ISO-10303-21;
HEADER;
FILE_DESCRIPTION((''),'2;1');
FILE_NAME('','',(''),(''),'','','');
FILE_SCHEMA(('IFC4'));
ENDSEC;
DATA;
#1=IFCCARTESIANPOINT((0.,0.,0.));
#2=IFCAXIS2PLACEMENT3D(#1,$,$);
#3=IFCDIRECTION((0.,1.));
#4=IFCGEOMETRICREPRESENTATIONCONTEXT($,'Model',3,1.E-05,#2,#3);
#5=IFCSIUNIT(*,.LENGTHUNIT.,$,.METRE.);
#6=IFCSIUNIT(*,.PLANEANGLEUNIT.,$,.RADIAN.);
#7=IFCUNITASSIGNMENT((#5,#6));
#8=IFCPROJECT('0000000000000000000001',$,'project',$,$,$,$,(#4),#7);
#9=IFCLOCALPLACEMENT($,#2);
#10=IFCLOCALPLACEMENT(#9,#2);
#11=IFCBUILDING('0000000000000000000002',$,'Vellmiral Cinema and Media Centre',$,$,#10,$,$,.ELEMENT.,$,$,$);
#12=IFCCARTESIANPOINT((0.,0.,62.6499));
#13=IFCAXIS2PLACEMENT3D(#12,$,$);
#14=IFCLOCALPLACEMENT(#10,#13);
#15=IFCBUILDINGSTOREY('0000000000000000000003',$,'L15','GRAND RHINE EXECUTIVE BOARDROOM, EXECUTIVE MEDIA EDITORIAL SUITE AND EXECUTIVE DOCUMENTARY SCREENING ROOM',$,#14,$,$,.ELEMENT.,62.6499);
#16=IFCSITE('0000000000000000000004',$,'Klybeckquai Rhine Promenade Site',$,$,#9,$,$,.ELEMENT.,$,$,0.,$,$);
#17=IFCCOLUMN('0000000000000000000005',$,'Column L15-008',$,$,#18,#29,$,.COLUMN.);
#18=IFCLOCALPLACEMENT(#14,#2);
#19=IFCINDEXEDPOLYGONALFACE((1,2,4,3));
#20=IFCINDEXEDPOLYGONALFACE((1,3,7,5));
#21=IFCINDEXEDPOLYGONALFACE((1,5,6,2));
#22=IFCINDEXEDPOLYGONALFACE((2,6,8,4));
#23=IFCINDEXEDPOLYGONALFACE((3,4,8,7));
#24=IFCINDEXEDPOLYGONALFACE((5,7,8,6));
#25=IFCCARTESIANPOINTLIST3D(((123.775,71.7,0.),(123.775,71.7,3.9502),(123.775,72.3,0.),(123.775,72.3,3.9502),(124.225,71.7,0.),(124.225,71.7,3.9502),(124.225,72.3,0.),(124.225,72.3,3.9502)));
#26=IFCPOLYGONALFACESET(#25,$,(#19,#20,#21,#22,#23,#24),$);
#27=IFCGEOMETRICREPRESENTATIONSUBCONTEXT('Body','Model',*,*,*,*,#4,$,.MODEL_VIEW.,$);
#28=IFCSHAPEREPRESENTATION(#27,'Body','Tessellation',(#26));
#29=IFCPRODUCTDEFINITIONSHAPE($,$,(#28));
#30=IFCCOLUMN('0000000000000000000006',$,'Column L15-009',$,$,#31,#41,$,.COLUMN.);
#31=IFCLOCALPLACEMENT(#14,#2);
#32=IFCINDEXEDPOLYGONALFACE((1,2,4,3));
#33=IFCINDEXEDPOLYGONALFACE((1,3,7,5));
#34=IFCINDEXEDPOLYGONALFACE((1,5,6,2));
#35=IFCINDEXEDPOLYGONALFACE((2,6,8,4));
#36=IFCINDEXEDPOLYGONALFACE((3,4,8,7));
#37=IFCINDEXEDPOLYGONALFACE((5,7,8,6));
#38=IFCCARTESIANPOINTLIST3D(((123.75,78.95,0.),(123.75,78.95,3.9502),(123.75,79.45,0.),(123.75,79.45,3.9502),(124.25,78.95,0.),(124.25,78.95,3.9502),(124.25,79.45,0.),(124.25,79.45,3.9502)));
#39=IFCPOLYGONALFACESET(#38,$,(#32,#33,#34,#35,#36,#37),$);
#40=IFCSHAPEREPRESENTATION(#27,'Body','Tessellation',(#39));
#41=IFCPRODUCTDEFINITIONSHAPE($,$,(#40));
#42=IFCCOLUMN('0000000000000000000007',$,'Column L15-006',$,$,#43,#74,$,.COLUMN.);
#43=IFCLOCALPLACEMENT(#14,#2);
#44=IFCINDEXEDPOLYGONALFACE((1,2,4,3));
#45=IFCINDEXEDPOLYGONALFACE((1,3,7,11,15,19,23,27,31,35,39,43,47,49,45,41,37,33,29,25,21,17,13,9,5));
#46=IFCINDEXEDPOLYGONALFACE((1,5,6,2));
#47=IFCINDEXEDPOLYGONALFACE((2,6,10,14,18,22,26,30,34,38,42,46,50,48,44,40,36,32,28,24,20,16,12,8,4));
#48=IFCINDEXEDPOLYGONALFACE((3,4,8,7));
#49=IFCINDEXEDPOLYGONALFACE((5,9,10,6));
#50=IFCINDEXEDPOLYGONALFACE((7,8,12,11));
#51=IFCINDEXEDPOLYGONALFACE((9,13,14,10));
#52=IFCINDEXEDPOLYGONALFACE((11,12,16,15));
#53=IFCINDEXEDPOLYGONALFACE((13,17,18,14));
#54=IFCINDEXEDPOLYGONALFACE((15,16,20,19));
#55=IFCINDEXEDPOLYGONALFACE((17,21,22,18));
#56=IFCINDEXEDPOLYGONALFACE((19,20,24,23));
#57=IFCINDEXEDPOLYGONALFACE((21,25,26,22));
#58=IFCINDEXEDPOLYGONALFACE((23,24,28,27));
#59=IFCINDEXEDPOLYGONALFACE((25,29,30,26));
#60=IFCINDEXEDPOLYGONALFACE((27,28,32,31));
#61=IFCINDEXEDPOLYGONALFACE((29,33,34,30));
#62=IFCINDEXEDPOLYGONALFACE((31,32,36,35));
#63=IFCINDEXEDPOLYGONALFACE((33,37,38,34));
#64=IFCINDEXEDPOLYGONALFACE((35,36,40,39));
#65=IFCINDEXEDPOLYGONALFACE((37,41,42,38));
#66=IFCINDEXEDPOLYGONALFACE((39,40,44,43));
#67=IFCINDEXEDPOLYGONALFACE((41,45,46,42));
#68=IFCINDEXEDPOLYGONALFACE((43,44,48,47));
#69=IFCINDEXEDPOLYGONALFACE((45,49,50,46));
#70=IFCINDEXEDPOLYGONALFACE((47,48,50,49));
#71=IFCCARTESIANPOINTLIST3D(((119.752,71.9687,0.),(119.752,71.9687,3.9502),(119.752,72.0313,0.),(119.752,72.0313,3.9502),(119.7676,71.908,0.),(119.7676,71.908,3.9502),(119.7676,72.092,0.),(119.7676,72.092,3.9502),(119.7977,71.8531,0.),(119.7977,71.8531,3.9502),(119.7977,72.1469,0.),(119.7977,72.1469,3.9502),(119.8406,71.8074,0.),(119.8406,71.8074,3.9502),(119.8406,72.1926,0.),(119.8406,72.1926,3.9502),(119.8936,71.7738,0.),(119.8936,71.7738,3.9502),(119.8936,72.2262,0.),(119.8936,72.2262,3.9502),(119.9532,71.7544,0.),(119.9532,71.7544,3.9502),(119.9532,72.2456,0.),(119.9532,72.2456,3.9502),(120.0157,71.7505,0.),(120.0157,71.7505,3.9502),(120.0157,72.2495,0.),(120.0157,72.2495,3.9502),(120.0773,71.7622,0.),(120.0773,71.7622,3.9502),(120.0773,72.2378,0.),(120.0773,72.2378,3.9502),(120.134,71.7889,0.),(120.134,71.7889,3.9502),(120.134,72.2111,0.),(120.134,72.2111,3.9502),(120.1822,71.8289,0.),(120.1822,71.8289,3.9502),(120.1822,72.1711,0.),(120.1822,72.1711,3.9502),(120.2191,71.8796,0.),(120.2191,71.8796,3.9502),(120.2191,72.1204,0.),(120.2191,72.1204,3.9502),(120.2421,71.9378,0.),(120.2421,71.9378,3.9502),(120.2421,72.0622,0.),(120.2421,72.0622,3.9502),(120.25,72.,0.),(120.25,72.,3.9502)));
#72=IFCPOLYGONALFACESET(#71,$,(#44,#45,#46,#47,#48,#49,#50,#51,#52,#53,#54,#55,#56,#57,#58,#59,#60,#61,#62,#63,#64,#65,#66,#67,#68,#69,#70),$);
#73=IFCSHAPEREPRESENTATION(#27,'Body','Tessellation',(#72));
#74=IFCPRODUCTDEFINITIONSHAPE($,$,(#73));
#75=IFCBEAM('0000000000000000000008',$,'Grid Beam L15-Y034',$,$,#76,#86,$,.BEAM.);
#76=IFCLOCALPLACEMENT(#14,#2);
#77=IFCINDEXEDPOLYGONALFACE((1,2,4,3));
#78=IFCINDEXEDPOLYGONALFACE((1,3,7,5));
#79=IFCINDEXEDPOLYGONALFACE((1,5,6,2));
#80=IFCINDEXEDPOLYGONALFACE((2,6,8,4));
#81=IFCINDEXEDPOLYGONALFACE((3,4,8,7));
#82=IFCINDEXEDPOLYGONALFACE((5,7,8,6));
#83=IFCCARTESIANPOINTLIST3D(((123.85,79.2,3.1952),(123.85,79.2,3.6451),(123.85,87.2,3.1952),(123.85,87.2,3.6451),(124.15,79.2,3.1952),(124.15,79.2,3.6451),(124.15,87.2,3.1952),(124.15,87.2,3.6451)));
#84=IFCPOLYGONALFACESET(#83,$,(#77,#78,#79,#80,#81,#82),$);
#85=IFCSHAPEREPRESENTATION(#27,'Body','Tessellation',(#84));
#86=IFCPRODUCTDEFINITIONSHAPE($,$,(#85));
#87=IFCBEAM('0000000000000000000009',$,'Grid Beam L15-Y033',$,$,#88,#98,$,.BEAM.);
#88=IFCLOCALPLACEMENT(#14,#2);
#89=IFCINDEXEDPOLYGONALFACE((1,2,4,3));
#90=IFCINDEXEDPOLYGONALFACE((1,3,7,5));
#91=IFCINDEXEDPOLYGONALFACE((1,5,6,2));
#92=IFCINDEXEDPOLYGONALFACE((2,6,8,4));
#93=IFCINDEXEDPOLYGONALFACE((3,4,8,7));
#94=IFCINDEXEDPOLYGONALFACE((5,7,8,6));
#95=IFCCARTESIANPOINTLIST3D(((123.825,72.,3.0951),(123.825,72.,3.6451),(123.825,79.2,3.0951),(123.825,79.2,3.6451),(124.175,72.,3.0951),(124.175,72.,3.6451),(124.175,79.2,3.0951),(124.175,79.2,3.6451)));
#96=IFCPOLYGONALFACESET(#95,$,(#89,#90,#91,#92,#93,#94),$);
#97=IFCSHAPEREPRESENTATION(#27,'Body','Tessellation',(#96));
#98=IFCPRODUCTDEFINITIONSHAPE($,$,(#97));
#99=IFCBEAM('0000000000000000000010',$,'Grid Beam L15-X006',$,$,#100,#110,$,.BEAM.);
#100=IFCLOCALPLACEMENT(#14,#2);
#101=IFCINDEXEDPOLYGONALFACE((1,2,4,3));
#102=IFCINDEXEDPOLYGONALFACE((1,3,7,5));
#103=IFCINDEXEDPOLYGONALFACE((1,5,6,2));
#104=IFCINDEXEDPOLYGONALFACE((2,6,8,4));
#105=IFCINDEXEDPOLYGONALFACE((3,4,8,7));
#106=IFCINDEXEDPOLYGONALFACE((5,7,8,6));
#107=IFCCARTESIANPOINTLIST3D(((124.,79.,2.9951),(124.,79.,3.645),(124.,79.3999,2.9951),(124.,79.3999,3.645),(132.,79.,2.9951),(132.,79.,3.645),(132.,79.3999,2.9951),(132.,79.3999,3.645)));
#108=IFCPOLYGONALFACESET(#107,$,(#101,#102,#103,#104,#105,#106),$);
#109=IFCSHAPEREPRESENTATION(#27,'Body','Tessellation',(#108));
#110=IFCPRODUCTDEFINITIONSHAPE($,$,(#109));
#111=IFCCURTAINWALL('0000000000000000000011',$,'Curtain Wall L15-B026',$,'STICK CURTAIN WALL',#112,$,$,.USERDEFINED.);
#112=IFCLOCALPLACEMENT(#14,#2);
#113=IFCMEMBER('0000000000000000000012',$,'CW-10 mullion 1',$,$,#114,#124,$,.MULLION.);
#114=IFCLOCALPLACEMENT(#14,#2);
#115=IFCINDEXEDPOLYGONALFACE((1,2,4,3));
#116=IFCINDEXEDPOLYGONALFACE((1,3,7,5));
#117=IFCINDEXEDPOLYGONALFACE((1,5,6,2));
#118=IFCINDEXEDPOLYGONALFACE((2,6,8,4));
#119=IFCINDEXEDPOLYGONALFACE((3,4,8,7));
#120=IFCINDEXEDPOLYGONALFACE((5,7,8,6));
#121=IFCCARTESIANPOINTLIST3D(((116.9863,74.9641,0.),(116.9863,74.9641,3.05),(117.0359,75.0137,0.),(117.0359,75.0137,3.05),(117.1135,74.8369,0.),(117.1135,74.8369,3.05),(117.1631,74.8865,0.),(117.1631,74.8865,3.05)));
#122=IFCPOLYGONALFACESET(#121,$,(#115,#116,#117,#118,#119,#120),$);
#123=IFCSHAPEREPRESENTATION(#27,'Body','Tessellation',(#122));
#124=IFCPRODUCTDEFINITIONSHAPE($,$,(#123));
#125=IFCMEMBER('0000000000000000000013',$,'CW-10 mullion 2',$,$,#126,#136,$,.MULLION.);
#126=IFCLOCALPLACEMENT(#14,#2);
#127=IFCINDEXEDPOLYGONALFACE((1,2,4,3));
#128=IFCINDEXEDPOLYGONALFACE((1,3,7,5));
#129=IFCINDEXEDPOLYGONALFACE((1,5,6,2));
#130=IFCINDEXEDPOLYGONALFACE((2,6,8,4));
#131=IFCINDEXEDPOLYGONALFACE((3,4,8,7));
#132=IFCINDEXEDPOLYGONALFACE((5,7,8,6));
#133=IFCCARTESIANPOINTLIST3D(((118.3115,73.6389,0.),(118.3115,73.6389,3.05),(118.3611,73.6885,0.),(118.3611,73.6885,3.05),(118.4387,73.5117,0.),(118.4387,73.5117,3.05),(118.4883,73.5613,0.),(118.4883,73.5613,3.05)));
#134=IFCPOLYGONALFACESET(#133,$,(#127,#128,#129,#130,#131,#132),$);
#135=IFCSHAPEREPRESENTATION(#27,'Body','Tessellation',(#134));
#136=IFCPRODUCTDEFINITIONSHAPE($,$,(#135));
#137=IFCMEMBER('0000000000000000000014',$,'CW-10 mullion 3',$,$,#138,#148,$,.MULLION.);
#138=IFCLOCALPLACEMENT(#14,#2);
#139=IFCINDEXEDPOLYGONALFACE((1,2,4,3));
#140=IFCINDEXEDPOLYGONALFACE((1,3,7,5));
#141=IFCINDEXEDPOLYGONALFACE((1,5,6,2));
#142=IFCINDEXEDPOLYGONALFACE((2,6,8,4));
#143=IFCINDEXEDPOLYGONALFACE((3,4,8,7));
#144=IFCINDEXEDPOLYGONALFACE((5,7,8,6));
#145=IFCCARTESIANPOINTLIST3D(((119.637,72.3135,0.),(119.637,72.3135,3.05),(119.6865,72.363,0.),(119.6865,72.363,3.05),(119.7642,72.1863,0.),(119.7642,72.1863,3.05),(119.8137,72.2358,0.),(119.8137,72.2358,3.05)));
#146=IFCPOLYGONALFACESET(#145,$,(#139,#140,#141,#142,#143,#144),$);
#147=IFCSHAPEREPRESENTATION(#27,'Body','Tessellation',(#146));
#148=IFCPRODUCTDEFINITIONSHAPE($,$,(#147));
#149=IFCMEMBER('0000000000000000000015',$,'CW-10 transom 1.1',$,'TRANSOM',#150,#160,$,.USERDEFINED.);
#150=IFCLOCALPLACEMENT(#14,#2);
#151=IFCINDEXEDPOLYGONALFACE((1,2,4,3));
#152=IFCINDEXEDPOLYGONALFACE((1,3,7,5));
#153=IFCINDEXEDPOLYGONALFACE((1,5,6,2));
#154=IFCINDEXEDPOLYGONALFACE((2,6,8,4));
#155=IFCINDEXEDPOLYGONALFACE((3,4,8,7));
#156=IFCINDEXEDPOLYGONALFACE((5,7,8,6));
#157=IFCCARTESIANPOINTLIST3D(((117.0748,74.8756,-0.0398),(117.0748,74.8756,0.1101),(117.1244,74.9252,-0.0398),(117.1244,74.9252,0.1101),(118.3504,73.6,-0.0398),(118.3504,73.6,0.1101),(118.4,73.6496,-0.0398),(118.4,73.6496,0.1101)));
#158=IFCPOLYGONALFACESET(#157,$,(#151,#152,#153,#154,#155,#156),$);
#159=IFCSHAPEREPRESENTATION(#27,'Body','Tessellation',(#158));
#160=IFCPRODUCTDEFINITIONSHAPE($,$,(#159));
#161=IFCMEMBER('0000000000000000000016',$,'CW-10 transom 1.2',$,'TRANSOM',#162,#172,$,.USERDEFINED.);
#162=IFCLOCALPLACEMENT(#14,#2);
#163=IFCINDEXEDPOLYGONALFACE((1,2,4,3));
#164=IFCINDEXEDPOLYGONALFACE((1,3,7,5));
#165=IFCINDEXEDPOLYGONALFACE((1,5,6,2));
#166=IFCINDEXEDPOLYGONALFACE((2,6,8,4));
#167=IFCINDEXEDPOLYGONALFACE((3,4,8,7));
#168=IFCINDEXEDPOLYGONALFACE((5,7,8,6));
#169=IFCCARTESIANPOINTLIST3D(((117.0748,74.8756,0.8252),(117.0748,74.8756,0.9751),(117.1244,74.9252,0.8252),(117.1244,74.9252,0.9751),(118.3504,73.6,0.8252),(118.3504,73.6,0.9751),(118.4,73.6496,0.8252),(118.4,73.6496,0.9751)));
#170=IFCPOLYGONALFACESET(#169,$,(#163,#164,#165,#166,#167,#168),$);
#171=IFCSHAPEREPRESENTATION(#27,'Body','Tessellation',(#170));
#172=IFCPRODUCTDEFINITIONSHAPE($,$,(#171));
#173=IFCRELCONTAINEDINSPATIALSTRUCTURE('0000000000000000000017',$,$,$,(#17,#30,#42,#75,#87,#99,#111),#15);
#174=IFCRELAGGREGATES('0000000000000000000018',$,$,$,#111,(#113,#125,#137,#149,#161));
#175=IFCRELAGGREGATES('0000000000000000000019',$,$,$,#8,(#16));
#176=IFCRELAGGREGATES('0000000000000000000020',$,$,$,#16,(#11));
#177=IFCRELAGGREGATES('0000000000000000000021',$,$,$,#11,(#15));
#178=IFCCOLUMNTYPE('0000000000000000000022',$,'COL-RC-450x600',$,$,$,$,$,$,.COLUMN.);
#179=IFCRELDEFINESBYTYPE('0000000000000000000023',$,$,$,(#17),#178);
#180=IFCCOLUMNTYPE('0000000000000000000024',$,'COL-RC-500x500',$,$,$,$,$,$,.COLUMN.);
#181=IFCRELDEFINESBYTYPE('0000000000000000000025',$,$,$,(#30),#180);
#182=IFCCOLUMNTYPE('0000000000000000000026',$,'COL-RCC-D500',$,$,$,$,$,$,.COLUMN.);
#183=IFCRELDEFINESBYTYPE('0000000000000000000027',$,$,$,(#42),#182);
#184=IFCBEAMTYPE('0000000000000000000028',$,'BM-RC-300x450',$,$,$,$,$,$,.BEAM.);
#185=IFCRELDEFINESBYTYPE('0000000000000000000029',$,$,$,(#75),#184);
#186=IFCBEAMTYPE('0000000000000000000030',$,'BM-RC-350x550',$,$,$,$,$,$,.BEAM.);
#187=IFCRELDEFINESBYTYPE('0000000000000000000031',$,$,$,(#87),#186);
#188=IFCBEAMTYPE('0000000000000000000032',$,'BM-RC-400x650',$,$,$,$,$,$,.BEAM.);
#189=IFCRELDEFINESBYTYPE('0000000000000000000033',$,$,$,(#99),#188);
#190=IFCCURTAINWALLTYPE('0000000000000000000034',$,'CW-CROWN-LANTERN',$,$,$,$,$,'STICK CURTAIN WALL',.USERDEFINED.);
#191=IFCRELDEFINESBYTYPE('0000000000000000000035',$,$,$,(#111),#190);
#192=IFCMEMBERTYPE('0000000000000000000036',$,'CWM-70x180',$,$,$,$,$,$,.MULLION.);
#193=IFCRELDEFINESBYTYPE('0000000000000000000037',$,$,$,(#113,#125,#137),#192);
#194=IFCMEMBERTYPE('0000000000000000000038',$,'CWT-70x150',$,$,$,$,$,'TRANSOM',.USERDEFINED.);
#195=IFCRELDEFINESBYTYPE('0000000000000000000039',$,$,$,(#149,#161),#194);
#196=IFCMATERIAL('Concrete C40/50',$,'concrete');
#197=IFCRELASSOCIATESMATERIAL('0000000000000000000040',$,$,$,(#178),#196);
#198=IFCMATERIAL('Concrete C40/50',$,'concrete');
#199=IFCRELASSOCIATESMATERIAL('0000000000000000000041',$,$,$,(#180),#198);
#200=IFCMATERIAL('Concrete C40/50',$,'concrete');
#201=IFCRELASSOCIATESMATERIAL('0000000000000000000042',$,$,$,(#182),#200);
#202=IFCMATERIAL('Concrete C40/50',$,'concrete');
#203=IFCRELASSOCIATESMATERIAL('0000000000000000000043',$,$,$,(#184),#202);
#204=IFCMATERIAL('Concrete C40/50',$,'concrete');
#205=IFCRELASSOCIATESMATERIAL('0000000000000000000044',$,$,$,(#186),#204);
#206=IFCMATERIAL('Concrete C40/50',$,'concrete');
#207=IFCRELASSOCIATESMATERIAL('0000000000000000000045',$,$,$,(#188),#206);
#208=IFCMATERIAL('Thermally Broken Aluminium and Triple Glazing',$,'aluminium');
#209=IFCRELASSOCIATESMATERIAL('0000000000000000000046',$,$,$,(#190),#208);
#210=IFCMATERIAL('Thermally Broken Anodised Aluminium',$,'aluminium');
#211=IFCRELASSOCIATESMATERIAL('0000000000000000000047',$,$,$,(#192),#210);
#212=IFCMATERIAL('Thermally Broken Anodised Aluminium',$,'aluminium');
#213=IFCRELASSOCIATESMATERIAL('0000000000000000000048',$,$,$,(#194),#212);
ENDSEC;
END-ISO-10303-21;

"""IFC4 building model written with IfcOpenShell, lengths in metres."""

from ifc_helpers import new_model, si_unit, direction, frame, origin, origin_2d, place, context, subcontext, project, spatial, rectangle, circle, extrude, material, material_profile, profile_set, type_object, element, aggregate, save


model = new_model("IFC4")

# Units and contexts
model_context = context("Model", 3, precision=1e-05, world=origin(), true_north=direction((0.0, 1.0)))
body_context = subcontext(model_context, "Body", "Model", "MODEL_VIEW")
ifc_project = project(units=[si_unit("LENGTHUNIT", "METRE"), si_unit("PLANEANGLEUNIT", "RADIAN")], contexts=[model_context])

# Site, building, storey
site_placement = place(None, origin())
site = spatial("IfcSite", under=ifc_project, at=site_placement, Name="Klybeckquai Rhine Promenade Site", CompositionType="ELEMENT", RefElevation=0.0)
building_placement = place(site_placement, origin())
building = spatial("IfcBuilding", under=site, at=building_placement, Name="Vellmiral Cinema and Media Centre", CompositionType="ELEMENT")
storey_placement = place(building_placement, frame((0.0, 0.0, 62.6499)))
storey = spatial("IfcBuildingStorey", under=building, at=storey_placement, Name="L15", Description="GRAND RHINE EXECUTIVE BOARDROOM, EXECUTIVE MEDIA EDITORIAL SUITE AND EXECUTIVE DOCUMENTARY SCREENING ROOM", CompositionType="ELEMENT", Elevation=62.6499)

# Columns
ifc_material_1 = material(Name="Concrete C40/50", Category="concrete")
ifc_material_profile_1 = material_profile(ifc_material_1, rectangle(XDim=0.45, YDim=0.6001, at=origin_2d()), Name="RC 450x600")
ifc_profile_set_1 = profile_set([ifc_material_profile_1], Name="Concrete C40/50")
column_type_1 = type_object("IfcColumnType", Name="COL-RC-450x600", PredefinedType="COLUMN", material=ifc_profile_set_1)
column_1_placement = place(storey_placement, frame((124.0, 72.0, 0.0), z_axis=(0.0, 0.0, 1.0), x_axis=(1.0, 0.0, 0.0)))
element("IfcColumn", 1, at=column_1_placement, inside=storey, type_object=column_type_1, Name="Column L15-008", PredefinedType="COLUMN", context=body_context, shape_type="SweptSolid", body=[
    extrude(rectangle(XDim=0.45, YDim=0.6001, at=origin_2d()), origin(), (0.0, 0.0, 1.0), 3.9502),
])
ifc_material_2 = material(Name="Concrete C40/50", Category="concrete")
ifc_material_profile_2 = material_profile(ifc_material_2, rectangle(XDim=0.5, YDim=0.5, at=origin_2d()), Name="RC 500x500")
ifc_profile_set_2 = profile_set([ifc_material_profile_2], Name="Concrete C40/50")
column_type_2 = type_object("IfcColumnType", Name="COL-RC-500x500", PredefinedType="COLUMN", material=ifc_profile_set_2)
column_2_placement = place(storey_placement, frame((124.0, 79.2, 0.0), z_axis=(0.0, 0.0, 1.0), x_axis=(1.0, 0.0, 0.0)))
element("IfcColumn", 2, at=column_2_placement, inside=storey, type_object=column_type_2, Name="Column L15-009", PredefinedType="COLUMN", context=body_context, shape_type="SweptSolid", body=[
    extrude(rectangle(XDim=0.5, YDim=0.5, at=origin_2d()), origin(), (0.0, 0.0, 1.0), 3.9502),
])
ifc_material_3 = material(Name="Concrete C40/50", Category="concrete")
ifc_material_profile_3 = material_profile(ifc_material_3, circle(Radius=0.25, at=origin_2d()), Name="RC D500")
ifc_profile_set_3 = profile_set([ifc_material_profile_3], Name="Concrete C40/50")
column_type_3 = type_object("IfcColumnType", Name="COL-RCC-D500", PredefinedType="COLUMN", material=ifc_profile_set_3)
column_3_placement = place(storey_placement, frame((120.0, 72.0, 0.0), z_axis=(0.0, 0.0, 1.0), x_axis=(1.0, 0.0, 0.0)))
element("IfcColumn", 3, at=column_3_placement, inside=storey, type_object=column_type_3, Name="Column L15-006", PredefinedType="COLUMN", context=body_context, shape_type="SweptSolid", body=[
    extrude(circle(Radius=0.25, at=origin_2d()), origin(), (0.0, 0.0, 1.0), 3.9502),
])

# Beams
ifc_material_4 = material(Name="Concrete C40/50", Category="concrete")
ifc_material_profile_4 = material_profile(ifc_material_4, rectangle(XDim=0.3, YDim=0.45, at=origin_2d()), Name="RC 300x450")
ifc_profile_set_4 = profile_set([ifc_material_profile_4], Name="Concrete C40/50")
beam_type_1 = type_object("IfcBeamType", Name="BM-RC-300x450", PredefinedType="BEAM", material=ifc_profile_set_4)
beam_1_placement = place(storey_placement, frame((124.0, 79.2, 3.4202), z_axis=(0.0, 1.0, 0.0), x_axis=(-1.0, 0.0, 0.0)))
element("IfcBeam", 4, at=beam_1_placement, inside=storey, type_object=beam_type_1, Name="Grid Beam L15-Y034", PredefinedType="BEAM", context=body_context, shape_type="SweptSolid", body=[
    extrude(rectangle(XDim=0.3, YDim=0.45, at=origin_2d()), origin(), (0.0, 0.0, 1.0), 8.0),
])
ifc_material_5 = material(Name="Concrete C40/50", Category="concrete")
ifc_material_profile_5 = material_profile(ifc_material_5, rectangle(XDim=0.3501, YDim=0.55, at=origin_2d()), Name="RC 350x550")
ifc_profile_set_5 = profile_set([ifc_material_profile_5], Name="Concrete C40/50")
beam_type_2 = type_object("IfcBeamType", Name="BM-RC-350x550", PredefinedType="BEAM", material=ifc_profile_set_5)
beam_2_placement = place(storey_placement, frame((124.0, 72.0, 3.3701), z_axis=(0.0, 1.0, 0.0), x_axis=(-1.0, 0.0, 0.0)))
element("IfcBeam", 5, at=beam_2_placement, inside=storey, type_object=beam_type_2, Name="Grid Beam L15-Y033", PredefinedType="BEAM", context=body_context, shape_type="SweptSolid", body=[
    extrude(rectangle(XDim=0.3501, YDim=0.55, at=origin_2d()), origin(), (0.0, 0.0, 1.0), 7.2),
])
ifc_material_6 = material(Name="Concrete C40/50", Category="concrete")
ifc_material_profile_6 = material_profile(ifc_material_6, rectangle(XDim=0.3999, YDim=0.6499, at=origin_2d()), Name="RC 400x650")
ifc_profile_set_6 = profile_set([ifc_material_profile_6], Name="Concrete C40/50")
beam_type_3 = type_object("IfcBeamType", Name="BM-RC-400x650", PredefinedType="BEAM", material=ifc_profile_set_6)
beam_3_placement = place(storey_placement, frame((124.0, 79.2, 3.3201), z_axis=(1.0, 0.0, 0.0), x_axis=(0.0, 1.0, 0.0)))
element("IfcBeam", 6, at=beam_3_placement, inside=storey, type_object=beam_type_3, Name="Grid Beam L15-X006", PredefinedType="BEAM", context=body_context, shape_type="SweptSolid", body=[
    extrude(rectangle(XDim=0.3999, YDim=0.6499, at=origin_2d()), origin(), (0.0, 0.0, 1.0), 8.0),
])

# Curtain wall, members
ifc_material_7 = material(Name="Thermally Broken Aluminium and Triple Glazing", Category="aluminium")
curtain_wall_type = type_object("IfcCurtainWallType", Name="CW-CROWN-LANTERN", ElementType="STICK CURTAIN WALL", PredefinedType="USERDEFINED", material=ifc_material_7)
curtain_wall_placement = place(storey_placement, origin())
curtain_wall = element("IfcCurtainWall", 7, at=curtain_wall_placement, inside=storey, type_object=curtain_wall_type, Name="Curtain Wall L15-B026", ObjectType="STICK CURTAIN WALL", PredefinedType="USERDEFINED")
ifc_material_8 = material(Name="Thermally Broken Anodised Aluminium", Category="aluminium")
ifc_material_profile_7 = material_profile(ifc_material_8, rectangle(XDim=0.0701, YDim=0.1799, at=origin_2d()), Name="MULL 70x180")
ifc_profile_set_7 = profile_set([ifc_material_profile_7], Name="Thermally Broken Anodised Aluminium")
member_type_1 = type_object("IfcMemberType", Name="CWM-70x180", PredefinedType="MULLION", material=ifc_profile_set_7)
member_1_placement = place(storey_placement, frame((117.0747, 74.9253, 0.0), z_axis=(0.0, 0.0, 1.0), x_axis=(0.707107, 0.707107, 0.0)))
member_1 = element("IfcMember", 8, at=member_1_placement, type_object=member_type_1, Name="CW-10 mullion 1", PredefinedType="MULLION", context=body_context, shape_type="SweptSolid", body=[
    extrude(rectangle(XDim=0.0701, YDim=0.1799, at=origin_2d()), origin(), (0.0, 0.0, 1.0), 3.05),
])
member_2_placement = place(storey_placement, frame((118.3999, 73.6001, 0.0), z_axis=(0.0, 0.0, 1.0), x_axis=(0.707107, 0.707107, 0.0)))
member_2 = element("IfcMember", 9, at=member_2_placement, type_object=member_type_1, Name="CW-10 mullion 2", PredefinedType="MULLION", context=body_context, shape_type="SweptSolid", body=[
    extrude(rectangle(XDim=0.0701, YDim=0.1799, at=origin_2d()), origin(), (0.0, 0.0, 1.0), 3.05),
])
member_3_placement = place(storey_placement, frame((119.7253, 72.2747, 0.0), z_axis=(0.0, 0.0, 1.0), x_axis=(0.707107, 0.707107, 0.0)))
member_3 = element("IfcMember", 10, at=member_3_placement, type_object=member_type_1, Name="CW-10 mullion 3", PredefinedType="MULLION", context=body_context, shape_type="SweptSolid", body=[
    extrude(rectangle(XDim=0.0701, YDim=0.1799, at=origin_2d()), origin(), (0.0, 0.0, 1.0), 3.05),
])
ifc_material_9 = material(Name="Thermally Broken Anodised Aluminium", Category="aluminium")
ifc_material_profile_8 = material_profile(ifc_material_9, rectangle(XDim=0.0701, YDim=0.1499, at=origin_2d()), Name="MULL 70x150")
ifc_profile_set_8 = profile_set([ifc_material_profile_8], Name="Thermally Broken Anodised Aluminium")
member_type_2 = type_object("IfcMemberType", Name="CWT-70x150", ElementType="TRANSOM", PredefinedType="USERDEFINED", material=ifc_profile_set_8)
member_4_placement = place(storey_placement, frame((117.0996, 74.9004, 0.0352), z_axis=(0.707107, -0.707107, 0.0), x_axis=(0.707107, 0.707107, 0.0)))
member_4 = element("IfcMember", 11, at=member_4_placement, type_object=member_type_2, Name="CW-10 transom 1.1", ObjectType="TRANSOM", PredefinedType="USERDEFINED", context=body_context, shape_type="SweptSolid", body=[
    extrude(rectangle(XDim=0.0701, YDim=0.1499, at=origin_2d()), origin(), (0.0, 0.0, 1.0), 1.804),
])
member_5_placement = place(storey_placement, frame((117.0996, 74.9004, 0.9001), z_axis=(0.707107, -0.707107, 0.0), x_axis=(0.707107, 0.707107, 0.0)))
member_5 = element("IfcMember", 12, at=member_5_placement, type_object=member_type_2, Name="CW-10 transom 1.2", ObjectType="TRANSOM", PredefinedType="USERDEFINED", context=body_context, shape_type="SweptSolid", body=[
    extrude(rectangle(XDim=0.0701, YDim=0.1499, at=origin_2d()), origin(), (0.0, 0.0, 1.0), 1.804),
])

aggregate(curtain_wall, [member_1, member_2, member_3, member_4, member_5])

save(model, "model.ifc")
